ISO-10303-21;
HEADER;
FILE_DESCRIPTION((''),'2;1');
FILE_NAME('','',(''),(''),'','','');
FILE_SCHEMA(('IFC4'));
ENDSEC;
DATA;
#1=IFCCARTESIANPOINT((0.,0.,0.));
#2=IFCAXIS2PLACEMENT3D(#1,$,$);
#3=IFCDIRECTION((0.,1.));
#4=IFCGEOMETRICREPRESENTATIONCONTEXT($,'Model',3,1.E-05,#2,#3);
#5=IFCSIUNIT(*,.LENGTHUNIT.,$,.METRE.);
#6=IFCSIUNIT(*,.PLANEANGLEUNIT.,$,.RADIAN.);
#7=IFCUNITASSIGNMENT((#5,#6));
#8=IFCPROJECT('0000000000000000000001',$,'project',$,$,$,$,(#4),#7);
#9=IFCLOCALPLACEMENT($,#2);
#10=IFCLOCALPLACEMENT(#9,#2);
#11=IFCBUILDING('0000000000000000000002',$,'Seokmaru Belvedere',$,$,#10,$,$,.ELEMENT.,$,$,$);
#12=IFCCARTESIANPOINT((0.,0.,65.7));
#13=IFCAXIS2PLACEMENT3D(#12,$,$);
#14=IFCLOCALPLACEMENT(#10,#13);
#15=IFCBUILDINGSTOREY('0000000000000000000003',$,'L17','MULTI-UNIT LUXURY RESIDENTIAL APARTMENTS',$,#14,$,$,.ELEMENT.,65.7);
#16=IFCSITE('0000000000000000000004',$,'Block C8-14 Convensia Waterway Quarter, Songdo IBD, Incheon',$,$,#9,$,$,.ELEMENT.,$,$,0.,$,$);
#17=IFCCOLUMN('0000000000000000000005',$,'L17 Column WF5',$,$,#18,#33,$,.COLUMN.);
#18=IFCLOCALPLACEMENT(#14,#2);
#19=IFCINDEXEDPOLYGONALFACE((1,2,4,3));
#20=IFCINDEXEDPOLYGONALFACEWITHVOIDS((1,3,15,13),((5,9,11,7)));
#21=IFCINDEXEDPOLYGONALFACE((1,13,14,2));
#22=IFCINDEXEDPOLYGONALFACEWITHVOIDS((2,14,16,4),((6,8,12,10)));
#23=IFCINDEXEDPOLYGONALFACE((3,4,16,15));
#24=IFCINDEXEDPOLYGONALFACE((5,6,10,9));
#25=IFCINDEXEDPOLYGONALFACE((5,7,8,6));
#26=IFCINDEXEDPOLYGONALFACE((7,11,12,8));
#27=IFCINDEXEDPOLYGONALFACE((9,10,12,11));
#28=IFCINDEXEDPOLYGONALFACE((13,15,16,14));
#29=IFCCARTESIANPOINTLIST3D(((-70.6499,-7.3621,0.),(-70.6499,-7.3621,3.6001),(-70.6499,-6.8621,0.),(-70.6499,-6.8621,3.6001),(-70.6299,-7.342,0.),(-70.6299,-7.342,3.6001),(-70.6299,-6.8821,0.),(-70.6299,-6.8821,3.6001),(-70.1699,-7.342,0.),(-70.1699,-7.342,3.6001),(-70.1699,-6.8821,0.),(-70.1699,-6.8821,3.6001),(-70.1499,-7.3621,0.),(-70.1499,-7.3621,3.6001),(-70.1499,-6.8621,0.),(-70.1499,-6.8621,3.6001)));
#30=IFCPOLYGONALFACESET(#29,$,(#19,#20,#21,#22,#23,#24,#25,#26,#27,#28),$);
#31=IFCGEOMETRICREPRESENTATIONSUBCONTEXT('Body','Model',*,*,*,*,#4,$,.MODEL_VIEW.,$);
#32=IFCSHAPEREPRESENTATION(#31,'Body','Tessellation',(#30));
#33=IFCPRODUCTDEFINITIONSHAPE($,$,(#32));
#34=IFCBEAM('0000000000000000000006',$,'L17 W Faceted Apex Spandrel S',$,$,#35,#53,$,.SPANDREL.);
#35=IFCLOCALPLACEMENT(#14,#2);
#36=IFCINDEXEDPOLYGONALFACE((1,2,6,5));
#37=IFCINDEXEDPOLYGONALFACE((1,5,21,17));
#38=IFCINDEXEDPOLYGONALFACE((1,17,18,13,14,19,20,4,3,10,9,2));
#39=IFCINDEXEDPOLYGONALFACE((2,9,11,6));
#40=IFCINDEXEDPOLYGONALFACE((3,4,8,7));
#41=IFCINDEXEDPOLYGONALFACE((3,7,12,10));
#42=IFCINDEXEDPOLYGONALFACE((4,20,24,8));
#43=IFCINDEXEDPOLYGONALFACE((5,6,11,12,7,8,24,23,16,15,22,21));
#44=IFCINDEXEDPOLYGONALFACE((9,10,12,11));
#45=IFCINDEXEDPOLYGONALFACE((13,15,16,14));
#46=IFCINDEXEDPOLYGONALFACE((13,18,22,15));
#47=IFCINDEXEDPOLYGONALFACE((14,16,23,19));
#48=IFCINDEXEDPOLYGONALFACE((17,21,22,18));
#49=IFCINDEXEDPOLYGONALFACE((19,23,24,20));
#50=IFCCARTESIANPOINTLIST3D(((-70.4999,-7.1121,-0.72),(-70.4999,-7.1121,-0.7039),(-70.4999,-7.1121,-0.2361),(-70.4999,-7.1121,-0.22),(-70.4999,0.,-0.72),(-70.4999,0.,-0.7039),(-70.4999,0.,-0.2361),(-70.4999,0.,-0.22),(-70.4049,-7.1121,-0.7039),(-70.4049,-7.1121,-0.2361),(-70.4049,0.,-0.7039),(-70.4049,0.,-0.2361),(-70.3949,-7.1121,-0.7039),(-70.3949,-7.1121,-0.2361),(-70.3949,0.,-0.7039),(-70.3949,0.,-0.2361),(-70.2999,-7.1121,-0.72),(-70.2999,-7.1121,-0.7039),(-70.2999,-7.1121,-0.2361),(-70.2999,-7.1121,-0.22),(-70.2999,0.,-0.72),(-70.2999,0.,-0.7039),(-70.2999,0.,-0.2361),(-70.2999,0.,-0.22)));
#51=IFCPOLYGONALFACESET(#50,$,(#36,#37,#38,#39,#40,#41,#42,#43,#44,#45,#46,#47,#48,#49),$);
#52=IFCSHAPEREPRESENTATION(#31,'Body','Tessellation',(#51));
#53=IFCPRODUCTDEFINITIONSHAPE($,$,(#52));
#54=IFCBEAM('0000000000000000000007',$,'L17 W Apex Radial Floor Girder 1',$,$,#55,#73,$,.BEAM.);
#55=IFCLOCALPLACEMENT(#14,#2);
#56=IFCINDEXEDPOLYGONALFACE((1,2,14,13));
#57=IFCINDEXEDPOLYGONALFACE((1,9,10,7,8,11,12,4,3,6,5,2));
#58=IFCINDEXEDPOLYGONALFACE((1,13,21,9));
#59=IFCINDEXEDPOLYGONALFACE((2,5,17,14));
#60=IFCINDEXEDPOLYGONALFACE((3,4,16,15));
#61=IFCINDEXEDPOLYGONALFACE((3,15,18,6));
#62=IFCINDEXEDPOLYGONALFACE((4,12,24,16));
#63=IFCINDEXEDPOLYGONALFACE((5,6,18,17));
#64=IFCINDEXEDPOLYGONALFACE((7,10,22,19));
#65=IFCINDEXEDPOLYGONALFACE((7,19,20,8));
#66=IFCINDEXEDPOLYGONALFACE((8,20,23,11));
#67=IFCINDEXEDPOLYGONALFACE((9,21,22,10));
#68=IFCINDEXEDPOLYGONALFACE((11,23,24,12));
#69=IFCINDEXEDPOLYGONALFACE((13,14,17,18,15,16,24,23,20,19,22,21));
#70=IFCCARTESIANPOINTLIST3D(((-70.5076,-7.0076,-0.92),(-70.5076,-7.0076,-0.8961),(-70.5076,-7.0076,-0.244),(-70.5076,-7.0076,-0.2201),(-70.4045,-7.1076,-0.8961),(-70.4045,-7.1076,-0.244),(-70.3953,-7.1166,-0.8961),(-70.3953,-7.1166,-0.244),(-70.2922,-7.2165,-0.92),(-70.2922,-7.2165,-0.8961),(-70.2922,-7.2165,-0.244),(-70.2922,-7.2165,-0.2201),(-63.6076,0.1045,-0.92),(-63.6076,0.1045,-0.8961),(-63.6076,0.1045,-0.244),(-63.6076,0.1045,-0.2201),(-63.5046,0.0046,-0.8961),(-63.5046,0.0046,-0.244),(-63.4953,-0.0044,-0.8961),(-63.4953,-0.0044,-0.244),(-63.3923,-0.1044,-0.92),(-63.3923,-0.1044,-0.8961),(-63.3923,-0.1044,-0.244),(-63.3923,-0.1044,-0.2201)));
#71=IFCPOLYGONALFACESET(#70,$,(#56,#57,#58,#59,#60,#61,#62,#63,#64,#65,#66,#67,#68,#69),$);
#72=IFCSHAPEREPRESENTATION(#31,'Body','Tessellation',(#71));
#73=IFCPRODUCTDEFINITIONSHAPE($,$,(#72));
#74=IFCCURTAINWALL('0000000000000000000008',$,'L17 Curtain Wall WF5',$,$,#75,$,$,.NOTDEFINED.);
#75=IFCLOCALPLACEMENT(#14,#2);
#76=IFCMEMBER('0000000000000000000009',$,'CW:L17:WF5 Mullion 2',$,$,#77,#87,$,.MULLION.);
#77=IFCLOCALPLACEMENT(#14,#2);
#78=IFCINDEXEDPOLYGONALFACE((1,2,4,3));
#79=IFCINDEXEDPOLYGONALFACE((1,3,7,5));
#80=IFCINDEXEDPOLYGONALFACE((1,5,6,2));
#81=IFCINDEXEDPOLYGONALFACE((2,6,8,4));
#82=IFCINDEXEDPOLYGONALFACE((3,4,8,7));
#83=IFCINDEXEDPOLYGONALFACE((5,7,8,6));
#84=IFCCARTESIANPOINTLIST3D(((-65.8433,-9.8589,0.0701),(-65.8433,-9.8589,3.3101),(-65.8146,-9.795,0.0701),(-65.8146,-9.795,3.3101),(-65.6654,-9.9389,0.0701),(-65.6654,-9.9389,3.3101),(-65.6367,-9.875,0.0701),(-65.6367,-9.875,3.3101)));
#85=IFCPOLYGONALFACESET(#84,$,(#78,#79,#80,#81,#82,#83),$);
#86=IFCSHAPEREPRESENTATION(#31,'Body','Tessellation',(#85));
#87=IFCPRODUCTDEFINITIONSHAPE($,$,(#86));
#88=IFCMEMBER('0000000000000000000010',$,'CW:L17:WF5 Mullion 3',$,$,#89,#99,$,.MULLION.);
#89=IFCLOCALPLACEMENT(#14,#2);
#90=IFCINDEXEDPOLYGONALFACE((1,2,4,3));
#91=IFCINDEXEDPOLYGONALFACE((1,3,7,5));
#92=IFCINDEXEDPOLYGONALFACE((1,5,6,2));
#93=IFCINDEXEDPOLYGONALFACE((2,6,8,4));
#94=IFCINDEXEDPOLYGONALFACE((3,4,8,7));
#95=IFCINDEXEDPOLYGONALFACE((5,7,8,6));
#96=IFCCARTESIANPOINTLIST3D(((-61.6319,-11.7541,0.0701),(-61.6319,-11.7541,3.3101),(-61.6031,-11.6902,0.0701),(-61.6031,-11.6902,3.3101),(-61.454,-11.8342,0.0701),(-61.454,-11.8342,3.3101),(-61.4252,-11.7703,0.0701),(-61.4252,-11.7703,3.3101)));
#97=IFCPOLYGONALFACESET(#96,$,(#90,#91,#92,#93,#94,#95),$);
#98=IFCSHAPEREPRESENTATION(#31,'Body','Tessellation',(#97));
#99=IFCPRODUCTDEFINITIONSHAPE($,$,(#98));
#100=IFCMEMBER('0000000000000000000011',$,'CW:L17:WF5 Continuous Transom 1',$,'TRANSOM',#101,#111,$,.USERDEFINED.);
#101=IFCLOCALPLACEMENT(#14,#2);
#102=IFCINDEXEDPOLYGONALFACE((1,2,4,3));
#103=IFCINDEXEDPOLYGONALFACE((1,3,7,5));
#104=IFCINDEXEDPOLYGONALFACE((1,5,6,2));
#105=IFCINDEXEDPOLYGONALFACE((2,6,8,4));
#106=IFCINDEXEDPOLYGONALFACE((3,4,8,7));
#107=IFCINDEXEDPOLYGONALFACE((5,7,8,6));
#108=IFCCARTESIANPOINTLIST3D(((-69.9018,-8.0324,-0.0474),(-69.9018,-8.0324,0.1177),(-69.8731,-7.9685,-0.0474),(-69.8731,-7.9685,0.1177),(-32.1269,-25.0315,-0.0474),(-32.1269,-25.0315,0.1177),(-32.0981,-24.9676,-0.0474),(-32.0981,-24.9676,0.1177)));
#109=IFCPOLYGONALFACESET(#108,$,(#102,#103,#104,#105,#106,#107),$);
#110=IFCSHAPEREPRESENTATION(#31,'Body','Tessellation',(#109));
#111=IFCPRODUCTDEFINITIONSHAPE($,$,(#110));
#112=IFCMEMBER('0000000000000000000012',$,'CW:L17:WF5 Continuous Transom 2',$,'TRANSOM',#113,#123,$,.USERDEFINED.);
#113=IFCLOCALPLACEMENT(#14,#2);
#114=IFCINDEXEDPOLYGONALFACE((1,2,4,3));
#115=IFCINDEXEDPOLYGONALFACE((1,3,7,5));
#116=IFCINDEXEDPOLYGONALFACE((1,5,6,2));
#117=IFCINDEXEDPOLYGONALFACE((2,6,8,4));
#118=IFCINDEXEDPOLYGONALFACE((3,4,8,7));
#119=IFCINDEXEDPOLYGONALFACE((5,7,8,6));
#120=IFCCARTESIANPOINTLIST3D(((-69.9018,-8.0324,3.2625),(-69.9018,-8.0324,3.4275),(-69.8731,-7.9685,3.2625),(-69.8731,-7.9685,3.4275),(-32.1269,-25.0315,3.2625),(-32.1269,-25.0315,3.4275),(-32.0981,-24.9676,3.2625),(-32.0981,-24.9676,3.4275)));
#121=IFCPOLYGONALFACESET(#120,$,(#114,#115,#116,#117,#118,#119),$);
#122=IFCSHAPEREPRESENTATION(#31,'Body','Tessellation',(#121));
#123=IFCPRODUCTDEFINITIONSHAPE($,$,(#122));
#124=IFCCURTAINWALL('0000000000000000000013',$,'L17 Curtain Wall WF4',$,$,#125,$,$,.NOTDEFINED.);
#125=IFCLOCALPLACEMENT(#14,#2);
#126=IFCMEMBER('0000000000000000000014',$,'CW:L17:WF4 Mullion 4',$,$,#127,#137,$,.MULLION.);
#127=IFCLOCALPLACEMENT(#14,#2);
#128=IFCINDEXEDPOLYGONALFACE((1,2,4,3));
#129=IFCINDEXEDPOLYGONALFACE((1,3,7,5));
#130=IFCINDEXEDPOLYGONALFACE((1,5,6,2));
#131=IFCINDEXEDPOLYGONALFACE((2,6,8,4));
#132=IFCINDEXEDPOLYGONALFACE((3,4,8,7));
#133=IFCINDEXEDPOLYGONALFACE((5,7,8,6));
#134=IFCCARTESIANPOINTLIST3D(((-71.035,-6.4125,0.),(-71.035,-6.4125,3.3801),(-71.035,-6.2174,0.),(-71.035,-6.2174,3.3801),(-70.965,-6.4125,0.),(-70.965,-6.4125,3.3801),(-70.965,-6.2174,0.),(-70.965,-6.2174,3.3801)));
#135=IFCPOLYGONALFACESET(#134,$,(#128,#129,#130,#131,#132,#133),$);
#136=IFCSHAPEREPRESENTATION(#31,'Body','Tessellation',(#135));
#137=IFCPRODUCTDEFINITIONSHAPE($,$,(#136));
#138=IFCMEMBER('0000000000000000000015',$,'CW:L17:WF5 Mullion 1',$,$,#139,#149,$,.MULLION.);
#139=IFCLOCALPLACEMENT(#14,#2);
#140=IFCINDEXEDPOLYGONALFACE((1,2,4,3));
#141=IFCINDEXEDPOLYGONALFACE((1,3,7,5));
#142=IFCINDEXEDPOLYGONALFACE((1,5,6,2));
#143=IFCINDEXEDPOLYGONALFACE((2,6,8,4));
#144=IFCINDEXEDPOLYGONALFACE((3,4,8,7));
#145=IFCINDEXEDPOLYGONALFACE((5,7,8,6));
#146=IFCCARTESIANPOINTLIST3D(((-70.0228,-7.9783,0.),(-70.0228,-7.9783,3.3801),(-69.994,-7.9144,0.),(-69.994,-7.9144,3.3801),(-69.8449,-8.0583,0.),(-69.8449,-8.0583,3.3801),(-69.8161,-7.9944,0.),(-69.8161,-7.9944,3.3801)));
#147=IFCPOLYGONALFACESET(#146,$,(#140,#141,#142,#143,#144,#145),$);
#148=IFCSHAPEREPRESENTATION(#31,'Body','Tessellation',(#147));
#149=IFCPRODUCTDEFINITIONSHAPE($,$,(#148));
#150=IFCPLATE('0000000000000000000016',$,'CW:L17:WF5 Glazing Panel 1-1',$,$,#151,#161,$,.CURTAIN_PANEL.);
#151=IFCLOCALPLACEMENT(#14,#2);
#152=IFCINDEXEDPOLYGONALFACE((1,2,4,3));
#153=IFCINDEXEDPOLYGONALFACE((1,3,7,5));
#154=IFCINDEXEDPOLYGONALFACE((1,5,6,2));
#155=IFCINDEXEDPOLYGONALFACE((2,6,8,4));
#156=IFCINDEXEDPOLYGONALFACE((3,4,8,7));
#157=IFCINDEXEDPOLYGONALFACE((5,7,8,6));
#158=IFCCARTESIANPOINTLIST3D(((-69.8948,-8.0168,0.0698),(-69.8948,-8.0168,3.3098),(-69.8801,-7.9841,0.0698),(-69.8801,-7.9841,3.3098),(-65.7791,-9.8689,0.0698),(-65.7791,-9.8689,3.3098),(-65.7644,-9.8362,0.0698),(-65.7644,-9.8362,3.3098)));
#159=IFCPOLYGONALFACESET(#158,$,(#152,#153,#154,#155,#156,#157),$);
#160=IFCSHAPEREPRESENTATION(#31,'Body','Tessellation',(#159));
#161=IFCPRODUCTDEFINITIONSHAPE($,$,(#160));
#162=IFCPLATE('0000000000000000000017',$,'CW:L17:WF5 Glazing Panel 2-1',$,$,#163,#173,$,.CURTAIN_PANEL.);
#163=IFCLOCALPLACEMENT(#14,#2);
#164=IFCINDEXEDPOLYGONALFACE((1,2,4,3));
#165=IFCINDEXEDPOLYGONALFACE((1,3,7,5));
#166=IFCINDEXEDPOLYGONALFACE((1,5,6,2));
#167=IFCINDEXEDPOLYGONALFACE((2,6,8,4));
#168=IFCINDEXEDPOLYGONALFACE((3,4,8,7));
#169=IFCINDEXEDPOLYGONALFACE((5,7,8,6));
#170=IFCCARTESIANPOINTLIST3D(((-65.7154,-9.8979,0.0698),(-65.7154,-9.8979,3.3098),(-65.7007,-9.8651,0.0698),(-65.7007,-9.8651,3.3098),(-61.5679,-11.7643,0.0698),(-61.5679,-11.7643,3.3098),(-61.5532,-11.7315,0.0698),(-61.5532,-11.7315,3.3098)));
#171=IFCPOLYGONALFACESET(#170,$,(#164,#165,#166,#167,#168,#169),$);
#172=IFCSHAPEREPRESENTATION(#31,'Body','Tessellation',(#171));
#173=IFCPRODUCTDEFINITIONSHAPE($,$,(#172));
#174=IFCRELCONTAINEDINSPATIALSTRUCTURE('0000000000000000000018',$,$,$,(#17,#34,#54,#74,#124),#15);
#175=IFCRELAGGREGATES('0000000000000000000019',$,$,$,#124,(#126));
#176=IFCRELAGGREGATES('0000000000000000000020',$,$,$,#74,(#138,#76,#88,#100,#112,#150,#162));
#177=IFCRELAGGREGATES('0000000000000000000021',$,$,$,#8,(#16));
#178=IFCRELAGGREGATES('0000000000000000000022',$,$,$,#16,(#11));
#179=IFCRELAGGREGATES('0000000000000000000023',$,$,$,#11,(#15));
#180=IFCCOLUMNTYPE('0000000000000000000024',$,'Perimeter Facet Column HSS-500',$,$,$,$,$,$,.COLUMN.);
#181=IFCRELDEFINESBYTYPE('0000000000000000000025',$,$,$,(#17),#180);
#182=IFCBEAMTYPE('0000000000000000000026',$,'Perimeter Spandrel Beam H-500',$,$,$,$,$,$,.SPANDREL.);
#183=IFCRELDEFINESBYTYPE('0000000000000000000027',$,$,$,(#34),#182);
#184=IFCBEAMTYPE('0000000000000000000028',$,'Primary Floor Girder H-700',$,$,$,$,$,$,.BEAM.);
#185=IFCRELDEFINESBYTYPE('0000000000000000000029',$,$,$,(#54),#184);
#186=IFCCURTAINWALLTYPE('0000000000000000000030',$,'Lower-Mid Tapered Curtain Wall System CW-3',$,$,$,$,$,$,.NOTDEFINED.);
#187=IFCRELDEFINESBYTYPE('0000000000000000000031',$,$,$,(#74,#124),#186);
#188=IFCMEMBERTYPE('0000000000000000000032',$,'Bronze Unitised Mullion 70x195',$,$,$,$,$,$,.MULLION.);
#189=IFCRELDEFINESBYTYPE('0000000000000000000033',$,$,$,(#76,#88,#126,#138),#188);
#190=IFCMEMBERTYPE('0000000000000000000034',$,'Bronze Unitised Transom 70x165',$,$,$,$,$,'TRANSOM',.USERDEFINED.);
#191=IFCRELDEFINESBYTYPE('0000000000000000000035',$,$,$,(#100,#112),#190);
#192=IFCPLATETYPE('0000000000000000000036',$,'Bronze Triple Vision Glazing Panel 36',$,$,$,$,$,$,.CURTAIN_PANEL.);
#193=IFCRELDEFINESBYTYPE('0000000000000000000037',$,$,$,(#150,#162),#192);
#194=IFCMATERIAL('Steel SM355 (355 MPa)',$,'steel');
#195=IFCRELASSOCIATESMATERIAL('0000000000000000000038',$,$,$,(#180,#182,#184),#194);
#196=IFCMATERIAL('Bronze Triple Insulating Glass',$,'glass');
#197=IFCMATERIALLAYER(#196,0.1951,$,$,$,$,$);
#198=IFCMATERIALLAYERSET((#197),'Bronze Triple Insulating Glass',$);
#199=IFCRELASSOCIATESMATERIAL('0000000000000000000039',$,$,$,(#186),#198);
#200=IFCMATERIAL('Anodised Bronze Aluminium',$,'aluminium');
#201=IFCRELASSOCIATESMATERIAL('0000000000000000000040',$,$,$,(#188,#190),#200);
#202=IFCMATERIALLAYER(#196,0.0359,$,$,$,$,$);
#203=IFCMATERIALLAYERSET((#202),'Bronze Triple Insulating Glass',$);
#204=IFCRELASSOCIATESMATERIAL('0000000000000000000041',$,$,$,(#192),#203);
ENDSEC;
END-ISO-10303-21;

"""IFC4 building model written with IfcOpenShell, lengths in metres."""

from ifc_helpers import new_model, si_unit, direction, frame, origin, origin_2d, place, context, subcontext, project, spatial, rectangle, hollow_rectangle, i_section, extrude, source, transform, mapped, material, layer, layer_set, material_profile, profile_set, type_object, type_shapes, element, aggregate, save


model = new_model("IFC4")

# Units and contexts
model_context = context("Model", 3, precision=1e-05, world=origin(), true_north=direction((0.0, 1.0)))
body_context = subcontext(model_context, "Body", "Model", "MODEL_VIEW")
ifc_project = project(units=[si_unit("LENGTHUNIT", "METRE"), si_unit("PLANEANGLEUNIT", "RADIAN")], contexts=[model_context])

# Site, building, storey
site_placement = place(None, origin())
site = spatial("IfcSite", under=ifc_project, at=site_placement, Name="Block C8-14 Convensia Waterway Quarter, Songdo IBD, Incheon", CompositionType="ELEMENT", RefElevation=0.0)
building_placement = place(site_placement, origin())
building = spatial("IfcBuilding", under=site, at=building_placement, Name="Seokmaru Belvedere", CompositionType="ELEMENT")
storey_placement = place(building_placement, frame((0.0, 0.0, 65.7)))
storey = spatial("IfcBuildingStorey", under=building, at=storey_placement, Name="L17", Description="MULTI-UNIT LUXURY RESIDENTIAL APARTMENTS", CompositionType="ELEMENT", Elevation=65.7)

# Column
ifc_material_1 = material(Name="Steel SM355 (355 MPa)", Category="steel")
ifc_material_profile_1 = material_profile(ifc_material_1, hollow_rectangle(XDim=0.5, YDim=0.5, WallThickness=0.02, at=origin_2d()), Name="HSS-500x500x20")
ifc_profile_set_1 = profile_set([ifc_material_profile_1], Name="Steel SM355 (355 MPa)")
column_type = type_object("IfcColumnType", Name="Perimeter Facet Column HSS-500", PredefinedType="COLUMN", material=ifc_profile_set_1)
shared_shape_1 = source(origin(), body_context, "Body", "SweptSolid", [
    extrude(hollow_rectangle(XDim=0.5, YDim=0.5, WallThickness=0.02, at=origin_2d()), origin(), (0.0, 0.0, 1.0), 3.6001),
])
type_shapes(column_type, [shared_shape_1])
column_placement = place(storey_placement, frame((-70.3999, -7.1121, 0.0), z_axis=(0.0, 0.0, 1.0), x_axis=(1.0, 0.0, 0.0)))
element("IfcColumn", 1, at=column_placement, inside=storey, type_object=column_type, Name="L17 Column WF5", PredefinedType="COLUMN", context=body_context, shape_type="MappedRepresentation", body=[
    mapped(shared_shape_1, transform((0.0, 0.0, 0.0), scale=1.0)),
])

# Beams
ifc_material_profile_2 = material_profile(ifc_material_1, i_section(OverallWidth=0.2, OverallDepth=0.5, WebThickness=0.01, FlangeThickness=0.0161, at=origin_2d()), Name="H-500x200x10x16")
ifc_profile_set_2 = profile_set([ifc_material_profile_2], Name="Steel SM355 (355 MPa)")
beam_type_1 = type_object("IfcBeamType", Name="Perimeter Spandrel Beam H-500", PredefinedType="SPANDREL", material=ifc_profile_set_2)
shared_shape_2 = source(origin(), body_context, "Body", "SweptSolid", [
    extrude(i_section(OverallWidth=0.2, OverallDepth=0.5, WebThickness=0.01, FlangeThickness=0.0161, at=origin_2d()), origin(), (0.0, 0.0, 1.0), 7.1121),
])
type_shapes(beam_type_1, [shared_shape_2])
beam_1_placement = place(storey_placement, frame((-70.3999, -7.1121, -0.47), z_axis=(0.0, 1.0, 0.0), x_axis=(-1.0, 0.0, 0.0)))
element("IfcBeam", 2, at=beam_1_placement, inside=storey, type_object=beam_type_1, Name="L17 W Faceted Apex Spandrel S", PredefinedType="SPANDREL", context=body_context, shape_type="MappedRepresentation", body=[
    mapped(shared_shape_2, transform((0.0, 0.0, 0.0), scale=1.0)),
])
ifc_material_profile_3 = material_profile(ifc_material_1, i_section(OverallWidth=0.3, OverallDepth=0.7, WebThickness=0.0129, FlangeThickness=0.0239, at=origin_2d()), Name="H-700x300x13x24")
ifc_profile_set_3 = profile_set([ifc_material_profile_3], Name="Steel SM355 (355 MPa)")
beam_type_2 = type_object("IfcBeamType", Name="Primary Floor Girder H-700", PredefinedType="BEAM", material=ifc_profile_set_3)
shared_shape_3 = source(origin(), body_context, "Body", "SweptSolid", [
    extrude(i_section(OverallWidth=0.3, OverallDepth=0.7, WebThickness=0.0129, FlangeThickness=0.0239, at=origin_2d()), origin(), (0.0, 0.0, 1.0), 9.9092),
])
type_shapes(beam_type_2, [shared_shape_3])
beam_2_placement = place(storey_placement, frame((-70.3999, -7.1121, -0.5701), z_axis=(0.696321, 0.717731, 0.0), x_axis=(-0.717731, 0.696321, 0.0)))
element("IfcBeam", 3, at=beam_2_placement, inside=storey, type_object=beam_type_2, Name="L17 W Apex Radial Floor Girder 1", PredefinedType="BEAM", context=body_context, shape_type="MappedRepresentation", body=[
    mapped(shared_shape_3, transform((0.0, 0.0, 0.0), scale=1.0)),
])

# Curtain wall, members
ifc_material_2 = material(Name="Bronze Triple Insulating Glass", Category="glass")
ifc_layer_1 = layer(ifc_material_2, 0.1951)
ifc_layer_set_1 = layer_set([ifc_layer_1], Name="Bronze Triple Insulating Glass")
curtain_wall_type = type_object("IfcCurtainWallType", Name="Lower-Mid Tapered Curtain Wall System CW-3", PredefinedType="NOTDEFINED", material=ifc_layer_set_1)
curtain_wall_1_placement = place(storey_placement, origin())
curtain_wall_1 = element("IfcCurtainWall", 4, at=curtain_wall_1_placement, inside=storey, type_object=curtain_wall_type, Name="L17 Curtain Wall WF5", PredefinedType="NOTDEFINED")
ifc_material_3 = material(Name="Anodised Bronze Aluminium", Category="aluminium")
ifc_material_profile_4 = material_profile(ifc_material_3, rectangle(XDim=0.0701, YDim=0.1951, at=origin_2d()), Name="CW-M-70x195")
ifc_profile_set_4 = profile_set([ifc_material_profile_4], Name="Anodised Bronze Aluminium")
member_type_1 = type_object("IfcMemberType", Name="Bronze Unitised Mullion 70x195", PredefinedType="MULLION", material=ifc_profile_set_4)
shared_shape_4 = source(origin(), body_context, "Body", "SweptSolid", [
    extrude(rectangle(XDim=0.0701, YDim=0.1951, at=origin_2d()), origin(), (0.0, 0.0, 1.0), 3.24),
])
member_1_placement = place(storey_placement, frame((-65.74, -9.8669, 0.0701), z_axis=(0.0, 0.0, 1.0), x_axis=(0.410366, 0.911921, 0.0)))
member_1 = element("IfcMember", 5, at=member_1_placement, type_object=member_type_1, Name="CW:L17:WF5 Mullion 2", PredefinedType="MULLION", context=body_context, shape_type="MappedRepresentation", body=[
    mapped(shared_shape_4, transform((0.0, 0.0, 0.0), scale=1.0)),
])
member_2_placement = place(storey_placement, frame((-61.5286, -11.7622, 0.0701), z_axis=(0.0, 0.0, 1.0), x_axis=(0.410366, 0.911921, 0.0)))
member_2 = element("IfcMember", 6, at=member_2_placement, type_object=member_type_1, Name="CW:L17:WF5 Mullion 3", PredefinedType="MULLION", context=body_context, shape_type="MappedRepresentation", body=[
    mapped(shared_shape_4, transform((0.0, 0.0, 0.0), scale=1.0)),
])
ifc_material_profile_5 = material_profile(ifc_material_3, rectangle(XDim=0.0701, YDim=0.165, at=origin_2d()), Name="CW-T-70x165")
ifc_profile_set_5 = profile_set([ifc_material_profile_5], Name="Anodised Bronze Aluminium")
member_type_2 = type_object("IfcMemberType", Name="Bronze Unitised Transom 70x165", ElementType="TRANSOM", PredefinedType="USERDEFINED", material=ifc_profile_set_5)
shared_shape_5 = source(origin(), body_context, "Body", "SweptSolid", [
    extrude(rectangle(XDim=0.0701, YDim=0.165, at=origin_2d()), origin(), (0.0, 0.0, 1.0), 41.4236),
])
type_shapes(member_type_2, [shared_shape_5])
member_3_placement = place(storey_placement, frame((-69.8875, -8.0005, 0.0352), z_axis=(0.911919, -0.410371, 0.0), x_axis=(0.410371, 0.911919, 0.0)))
member_3 = element("IfcMember", 7, at=member_3_placement, type_object=member_type_2, Name="CW:L17:WF5 Continuous Transom 1", ObjectType="TRANSOM", PredefinedType="USERDEFINED", context=body_context, shape_type="MappedRepresentation", body=[
    mapped(shared_shape_5, transform((0.0, 0.0, 0.0), scale=1.0)),
])
member_4_placement = place(storey_placement, frame((-69.8875, -8.0005, 3.345), z_axis=(0.911919, -0.410371, 0.0), x_axis=(0.410371, 0.911919, 0.0)))
member_4 = element("IfcMember", 8, at=member_4_placement, type_object=member_type_2, Name="CW:L17:WF5 Continuous Transom 2", ObjectType="TRANSOM", PredefinedType="USERDEFINED", context=body_context, shape_type="MappedRepresentation", body=[
    mapped(shared_shape_5, transform((0.0, 0.0, 0.0), scale=1.0)),
])

# Curtain wall, member
curtain_wall_2_placement = place(storey_placement, origin())
curtain_wall_2 = element("IfcCurtainWall", 9, at=curtain_wall_2_placement, inside=storey, type_object=curtain_wall_type, Name="L17 Curtain Wall WF4", PredefinedType="NOTDEFINED")
shared_shape_6 = source(origin(), body_context, "Body", "SweptSolid", [
    extrude(rectangle(XDim=0.0701, YDim=0.1951, at=origin_2d()), origin(), (0.0, 0.0, 1.0), 3.3801),
])
type_shapes(member_type_1, [shared_shape_4, shared_shape_6])
member_5_placement = place(storey_placement, frame((-71.0, -6.3149, 0.0), z_axis=(0.0, 0.0, 1.0), x_axis=(1.0, 0.0, 0.0)))
member_5 = element("IfcMember", 10, at=member_5_placement, type_object=member_type_1, Name="CW:L17:WF4 Mullion 4", PredefinedType="MULLION", context=body_context, shape_type="MappedRepresentation", body=[
    mapped(shared_shape_6, transform((0.0, 0.0, 0.0), scale=1.0)),
])
aggregate(curtain_wall_2, [member_5])

# Member
member_6_placement = place(storey_placement, frame((-69.9194, -7.9863, 0.0), z_axis=(0.0, 0.0, 1.0), x_axis=(0.410366, 0.911921, 0.0)))
member_6 = element("IfcMember", 11, at=member_6_placement, type_object=member_type_1, Name="CW:L17:WF5 Mullion 1", PredefinedType="MULLION", context=body_context, shape_type="MappedRepresentation", body=[
    mapped(shared_shape_6, transform((0.0, 0.0, 0.0), scale=1.0)),
])

# Plates
ifc_layer_2 = layer(ifc_material_2, 0.0359)
ifc_layer_set_2 = layer_set([ifc_layer_2], Name="Bronze Triple Insulating Glass")
plate_type = type_object("IfcPlateType", Name="Bronze Triple Vision Glazing Panel 36", PredefinedType="CURTAIN_PANEL", material=ifc_layer_set_2)
shared_shape_7 = source(origin(), body_context, "Body", "SweptSolid", [
    extrude(rectangle(XDim=4.5132, YDim=0.0359, at=origin_2d()), origin(), (0.0, 0.0, 1.0), 3.24),
])
plate_1_placement = place(storey_placement, frame((-67.8296, -8.9265, 0.0698), z_axis=(0.0, 0.0, 1.0), x_axis=(0.911921, -0.410366, 0.0)))
plate_1 = element("IfcPlate", 12, at=plate_1_placement, type_object=plate_type, Name="CW:L17:WF5 Glazing Panel 1-1", PredefinedType="CURTAIN_PANEL", context=body_context, shape_type="MappedRepresentation", body=[
    mapped(shared_shape_7, transform((0.0, 0.0, 0.0), scale=1.0)),
])
shared_shape_8 = source(origin(), body_context, "Body", "SweptSolid", [
    extrude(rectangle(XDim=4.5481, YDim=0.0359, at=origin_2d()), origin(), (0.0, 0.0, 1.0), 3.24),
])
type_shapes(plate_type, [shared_shape_7, shared_shape_8])
plate_2_placement = place(storey_placement, frame((-63.6343, -10.8147, 0.0698), z_axis=(0.0, 0.0, 1.0), x_axis=(0.911921, -0.410366, 0.0)))
plate_2 = element("IfcPlate", 13, at=plate_2_placement, type_object=plate_type, Name="CW:L17:WF5 Glazing Panel 2-1", PredefinedType="CURTAIN_PANEL", context=body_context, shape_type="MappedRepresentation", body=[
    mapped(shared_shape_8, transform((0.0, 0.0, 0.0), scale=1.0)),
])
aggregate(curtain_wall_1, [member_6, member_1, member_2, member_3, member_4, plate_1, plate_2])

save(model, "model.ifc")
